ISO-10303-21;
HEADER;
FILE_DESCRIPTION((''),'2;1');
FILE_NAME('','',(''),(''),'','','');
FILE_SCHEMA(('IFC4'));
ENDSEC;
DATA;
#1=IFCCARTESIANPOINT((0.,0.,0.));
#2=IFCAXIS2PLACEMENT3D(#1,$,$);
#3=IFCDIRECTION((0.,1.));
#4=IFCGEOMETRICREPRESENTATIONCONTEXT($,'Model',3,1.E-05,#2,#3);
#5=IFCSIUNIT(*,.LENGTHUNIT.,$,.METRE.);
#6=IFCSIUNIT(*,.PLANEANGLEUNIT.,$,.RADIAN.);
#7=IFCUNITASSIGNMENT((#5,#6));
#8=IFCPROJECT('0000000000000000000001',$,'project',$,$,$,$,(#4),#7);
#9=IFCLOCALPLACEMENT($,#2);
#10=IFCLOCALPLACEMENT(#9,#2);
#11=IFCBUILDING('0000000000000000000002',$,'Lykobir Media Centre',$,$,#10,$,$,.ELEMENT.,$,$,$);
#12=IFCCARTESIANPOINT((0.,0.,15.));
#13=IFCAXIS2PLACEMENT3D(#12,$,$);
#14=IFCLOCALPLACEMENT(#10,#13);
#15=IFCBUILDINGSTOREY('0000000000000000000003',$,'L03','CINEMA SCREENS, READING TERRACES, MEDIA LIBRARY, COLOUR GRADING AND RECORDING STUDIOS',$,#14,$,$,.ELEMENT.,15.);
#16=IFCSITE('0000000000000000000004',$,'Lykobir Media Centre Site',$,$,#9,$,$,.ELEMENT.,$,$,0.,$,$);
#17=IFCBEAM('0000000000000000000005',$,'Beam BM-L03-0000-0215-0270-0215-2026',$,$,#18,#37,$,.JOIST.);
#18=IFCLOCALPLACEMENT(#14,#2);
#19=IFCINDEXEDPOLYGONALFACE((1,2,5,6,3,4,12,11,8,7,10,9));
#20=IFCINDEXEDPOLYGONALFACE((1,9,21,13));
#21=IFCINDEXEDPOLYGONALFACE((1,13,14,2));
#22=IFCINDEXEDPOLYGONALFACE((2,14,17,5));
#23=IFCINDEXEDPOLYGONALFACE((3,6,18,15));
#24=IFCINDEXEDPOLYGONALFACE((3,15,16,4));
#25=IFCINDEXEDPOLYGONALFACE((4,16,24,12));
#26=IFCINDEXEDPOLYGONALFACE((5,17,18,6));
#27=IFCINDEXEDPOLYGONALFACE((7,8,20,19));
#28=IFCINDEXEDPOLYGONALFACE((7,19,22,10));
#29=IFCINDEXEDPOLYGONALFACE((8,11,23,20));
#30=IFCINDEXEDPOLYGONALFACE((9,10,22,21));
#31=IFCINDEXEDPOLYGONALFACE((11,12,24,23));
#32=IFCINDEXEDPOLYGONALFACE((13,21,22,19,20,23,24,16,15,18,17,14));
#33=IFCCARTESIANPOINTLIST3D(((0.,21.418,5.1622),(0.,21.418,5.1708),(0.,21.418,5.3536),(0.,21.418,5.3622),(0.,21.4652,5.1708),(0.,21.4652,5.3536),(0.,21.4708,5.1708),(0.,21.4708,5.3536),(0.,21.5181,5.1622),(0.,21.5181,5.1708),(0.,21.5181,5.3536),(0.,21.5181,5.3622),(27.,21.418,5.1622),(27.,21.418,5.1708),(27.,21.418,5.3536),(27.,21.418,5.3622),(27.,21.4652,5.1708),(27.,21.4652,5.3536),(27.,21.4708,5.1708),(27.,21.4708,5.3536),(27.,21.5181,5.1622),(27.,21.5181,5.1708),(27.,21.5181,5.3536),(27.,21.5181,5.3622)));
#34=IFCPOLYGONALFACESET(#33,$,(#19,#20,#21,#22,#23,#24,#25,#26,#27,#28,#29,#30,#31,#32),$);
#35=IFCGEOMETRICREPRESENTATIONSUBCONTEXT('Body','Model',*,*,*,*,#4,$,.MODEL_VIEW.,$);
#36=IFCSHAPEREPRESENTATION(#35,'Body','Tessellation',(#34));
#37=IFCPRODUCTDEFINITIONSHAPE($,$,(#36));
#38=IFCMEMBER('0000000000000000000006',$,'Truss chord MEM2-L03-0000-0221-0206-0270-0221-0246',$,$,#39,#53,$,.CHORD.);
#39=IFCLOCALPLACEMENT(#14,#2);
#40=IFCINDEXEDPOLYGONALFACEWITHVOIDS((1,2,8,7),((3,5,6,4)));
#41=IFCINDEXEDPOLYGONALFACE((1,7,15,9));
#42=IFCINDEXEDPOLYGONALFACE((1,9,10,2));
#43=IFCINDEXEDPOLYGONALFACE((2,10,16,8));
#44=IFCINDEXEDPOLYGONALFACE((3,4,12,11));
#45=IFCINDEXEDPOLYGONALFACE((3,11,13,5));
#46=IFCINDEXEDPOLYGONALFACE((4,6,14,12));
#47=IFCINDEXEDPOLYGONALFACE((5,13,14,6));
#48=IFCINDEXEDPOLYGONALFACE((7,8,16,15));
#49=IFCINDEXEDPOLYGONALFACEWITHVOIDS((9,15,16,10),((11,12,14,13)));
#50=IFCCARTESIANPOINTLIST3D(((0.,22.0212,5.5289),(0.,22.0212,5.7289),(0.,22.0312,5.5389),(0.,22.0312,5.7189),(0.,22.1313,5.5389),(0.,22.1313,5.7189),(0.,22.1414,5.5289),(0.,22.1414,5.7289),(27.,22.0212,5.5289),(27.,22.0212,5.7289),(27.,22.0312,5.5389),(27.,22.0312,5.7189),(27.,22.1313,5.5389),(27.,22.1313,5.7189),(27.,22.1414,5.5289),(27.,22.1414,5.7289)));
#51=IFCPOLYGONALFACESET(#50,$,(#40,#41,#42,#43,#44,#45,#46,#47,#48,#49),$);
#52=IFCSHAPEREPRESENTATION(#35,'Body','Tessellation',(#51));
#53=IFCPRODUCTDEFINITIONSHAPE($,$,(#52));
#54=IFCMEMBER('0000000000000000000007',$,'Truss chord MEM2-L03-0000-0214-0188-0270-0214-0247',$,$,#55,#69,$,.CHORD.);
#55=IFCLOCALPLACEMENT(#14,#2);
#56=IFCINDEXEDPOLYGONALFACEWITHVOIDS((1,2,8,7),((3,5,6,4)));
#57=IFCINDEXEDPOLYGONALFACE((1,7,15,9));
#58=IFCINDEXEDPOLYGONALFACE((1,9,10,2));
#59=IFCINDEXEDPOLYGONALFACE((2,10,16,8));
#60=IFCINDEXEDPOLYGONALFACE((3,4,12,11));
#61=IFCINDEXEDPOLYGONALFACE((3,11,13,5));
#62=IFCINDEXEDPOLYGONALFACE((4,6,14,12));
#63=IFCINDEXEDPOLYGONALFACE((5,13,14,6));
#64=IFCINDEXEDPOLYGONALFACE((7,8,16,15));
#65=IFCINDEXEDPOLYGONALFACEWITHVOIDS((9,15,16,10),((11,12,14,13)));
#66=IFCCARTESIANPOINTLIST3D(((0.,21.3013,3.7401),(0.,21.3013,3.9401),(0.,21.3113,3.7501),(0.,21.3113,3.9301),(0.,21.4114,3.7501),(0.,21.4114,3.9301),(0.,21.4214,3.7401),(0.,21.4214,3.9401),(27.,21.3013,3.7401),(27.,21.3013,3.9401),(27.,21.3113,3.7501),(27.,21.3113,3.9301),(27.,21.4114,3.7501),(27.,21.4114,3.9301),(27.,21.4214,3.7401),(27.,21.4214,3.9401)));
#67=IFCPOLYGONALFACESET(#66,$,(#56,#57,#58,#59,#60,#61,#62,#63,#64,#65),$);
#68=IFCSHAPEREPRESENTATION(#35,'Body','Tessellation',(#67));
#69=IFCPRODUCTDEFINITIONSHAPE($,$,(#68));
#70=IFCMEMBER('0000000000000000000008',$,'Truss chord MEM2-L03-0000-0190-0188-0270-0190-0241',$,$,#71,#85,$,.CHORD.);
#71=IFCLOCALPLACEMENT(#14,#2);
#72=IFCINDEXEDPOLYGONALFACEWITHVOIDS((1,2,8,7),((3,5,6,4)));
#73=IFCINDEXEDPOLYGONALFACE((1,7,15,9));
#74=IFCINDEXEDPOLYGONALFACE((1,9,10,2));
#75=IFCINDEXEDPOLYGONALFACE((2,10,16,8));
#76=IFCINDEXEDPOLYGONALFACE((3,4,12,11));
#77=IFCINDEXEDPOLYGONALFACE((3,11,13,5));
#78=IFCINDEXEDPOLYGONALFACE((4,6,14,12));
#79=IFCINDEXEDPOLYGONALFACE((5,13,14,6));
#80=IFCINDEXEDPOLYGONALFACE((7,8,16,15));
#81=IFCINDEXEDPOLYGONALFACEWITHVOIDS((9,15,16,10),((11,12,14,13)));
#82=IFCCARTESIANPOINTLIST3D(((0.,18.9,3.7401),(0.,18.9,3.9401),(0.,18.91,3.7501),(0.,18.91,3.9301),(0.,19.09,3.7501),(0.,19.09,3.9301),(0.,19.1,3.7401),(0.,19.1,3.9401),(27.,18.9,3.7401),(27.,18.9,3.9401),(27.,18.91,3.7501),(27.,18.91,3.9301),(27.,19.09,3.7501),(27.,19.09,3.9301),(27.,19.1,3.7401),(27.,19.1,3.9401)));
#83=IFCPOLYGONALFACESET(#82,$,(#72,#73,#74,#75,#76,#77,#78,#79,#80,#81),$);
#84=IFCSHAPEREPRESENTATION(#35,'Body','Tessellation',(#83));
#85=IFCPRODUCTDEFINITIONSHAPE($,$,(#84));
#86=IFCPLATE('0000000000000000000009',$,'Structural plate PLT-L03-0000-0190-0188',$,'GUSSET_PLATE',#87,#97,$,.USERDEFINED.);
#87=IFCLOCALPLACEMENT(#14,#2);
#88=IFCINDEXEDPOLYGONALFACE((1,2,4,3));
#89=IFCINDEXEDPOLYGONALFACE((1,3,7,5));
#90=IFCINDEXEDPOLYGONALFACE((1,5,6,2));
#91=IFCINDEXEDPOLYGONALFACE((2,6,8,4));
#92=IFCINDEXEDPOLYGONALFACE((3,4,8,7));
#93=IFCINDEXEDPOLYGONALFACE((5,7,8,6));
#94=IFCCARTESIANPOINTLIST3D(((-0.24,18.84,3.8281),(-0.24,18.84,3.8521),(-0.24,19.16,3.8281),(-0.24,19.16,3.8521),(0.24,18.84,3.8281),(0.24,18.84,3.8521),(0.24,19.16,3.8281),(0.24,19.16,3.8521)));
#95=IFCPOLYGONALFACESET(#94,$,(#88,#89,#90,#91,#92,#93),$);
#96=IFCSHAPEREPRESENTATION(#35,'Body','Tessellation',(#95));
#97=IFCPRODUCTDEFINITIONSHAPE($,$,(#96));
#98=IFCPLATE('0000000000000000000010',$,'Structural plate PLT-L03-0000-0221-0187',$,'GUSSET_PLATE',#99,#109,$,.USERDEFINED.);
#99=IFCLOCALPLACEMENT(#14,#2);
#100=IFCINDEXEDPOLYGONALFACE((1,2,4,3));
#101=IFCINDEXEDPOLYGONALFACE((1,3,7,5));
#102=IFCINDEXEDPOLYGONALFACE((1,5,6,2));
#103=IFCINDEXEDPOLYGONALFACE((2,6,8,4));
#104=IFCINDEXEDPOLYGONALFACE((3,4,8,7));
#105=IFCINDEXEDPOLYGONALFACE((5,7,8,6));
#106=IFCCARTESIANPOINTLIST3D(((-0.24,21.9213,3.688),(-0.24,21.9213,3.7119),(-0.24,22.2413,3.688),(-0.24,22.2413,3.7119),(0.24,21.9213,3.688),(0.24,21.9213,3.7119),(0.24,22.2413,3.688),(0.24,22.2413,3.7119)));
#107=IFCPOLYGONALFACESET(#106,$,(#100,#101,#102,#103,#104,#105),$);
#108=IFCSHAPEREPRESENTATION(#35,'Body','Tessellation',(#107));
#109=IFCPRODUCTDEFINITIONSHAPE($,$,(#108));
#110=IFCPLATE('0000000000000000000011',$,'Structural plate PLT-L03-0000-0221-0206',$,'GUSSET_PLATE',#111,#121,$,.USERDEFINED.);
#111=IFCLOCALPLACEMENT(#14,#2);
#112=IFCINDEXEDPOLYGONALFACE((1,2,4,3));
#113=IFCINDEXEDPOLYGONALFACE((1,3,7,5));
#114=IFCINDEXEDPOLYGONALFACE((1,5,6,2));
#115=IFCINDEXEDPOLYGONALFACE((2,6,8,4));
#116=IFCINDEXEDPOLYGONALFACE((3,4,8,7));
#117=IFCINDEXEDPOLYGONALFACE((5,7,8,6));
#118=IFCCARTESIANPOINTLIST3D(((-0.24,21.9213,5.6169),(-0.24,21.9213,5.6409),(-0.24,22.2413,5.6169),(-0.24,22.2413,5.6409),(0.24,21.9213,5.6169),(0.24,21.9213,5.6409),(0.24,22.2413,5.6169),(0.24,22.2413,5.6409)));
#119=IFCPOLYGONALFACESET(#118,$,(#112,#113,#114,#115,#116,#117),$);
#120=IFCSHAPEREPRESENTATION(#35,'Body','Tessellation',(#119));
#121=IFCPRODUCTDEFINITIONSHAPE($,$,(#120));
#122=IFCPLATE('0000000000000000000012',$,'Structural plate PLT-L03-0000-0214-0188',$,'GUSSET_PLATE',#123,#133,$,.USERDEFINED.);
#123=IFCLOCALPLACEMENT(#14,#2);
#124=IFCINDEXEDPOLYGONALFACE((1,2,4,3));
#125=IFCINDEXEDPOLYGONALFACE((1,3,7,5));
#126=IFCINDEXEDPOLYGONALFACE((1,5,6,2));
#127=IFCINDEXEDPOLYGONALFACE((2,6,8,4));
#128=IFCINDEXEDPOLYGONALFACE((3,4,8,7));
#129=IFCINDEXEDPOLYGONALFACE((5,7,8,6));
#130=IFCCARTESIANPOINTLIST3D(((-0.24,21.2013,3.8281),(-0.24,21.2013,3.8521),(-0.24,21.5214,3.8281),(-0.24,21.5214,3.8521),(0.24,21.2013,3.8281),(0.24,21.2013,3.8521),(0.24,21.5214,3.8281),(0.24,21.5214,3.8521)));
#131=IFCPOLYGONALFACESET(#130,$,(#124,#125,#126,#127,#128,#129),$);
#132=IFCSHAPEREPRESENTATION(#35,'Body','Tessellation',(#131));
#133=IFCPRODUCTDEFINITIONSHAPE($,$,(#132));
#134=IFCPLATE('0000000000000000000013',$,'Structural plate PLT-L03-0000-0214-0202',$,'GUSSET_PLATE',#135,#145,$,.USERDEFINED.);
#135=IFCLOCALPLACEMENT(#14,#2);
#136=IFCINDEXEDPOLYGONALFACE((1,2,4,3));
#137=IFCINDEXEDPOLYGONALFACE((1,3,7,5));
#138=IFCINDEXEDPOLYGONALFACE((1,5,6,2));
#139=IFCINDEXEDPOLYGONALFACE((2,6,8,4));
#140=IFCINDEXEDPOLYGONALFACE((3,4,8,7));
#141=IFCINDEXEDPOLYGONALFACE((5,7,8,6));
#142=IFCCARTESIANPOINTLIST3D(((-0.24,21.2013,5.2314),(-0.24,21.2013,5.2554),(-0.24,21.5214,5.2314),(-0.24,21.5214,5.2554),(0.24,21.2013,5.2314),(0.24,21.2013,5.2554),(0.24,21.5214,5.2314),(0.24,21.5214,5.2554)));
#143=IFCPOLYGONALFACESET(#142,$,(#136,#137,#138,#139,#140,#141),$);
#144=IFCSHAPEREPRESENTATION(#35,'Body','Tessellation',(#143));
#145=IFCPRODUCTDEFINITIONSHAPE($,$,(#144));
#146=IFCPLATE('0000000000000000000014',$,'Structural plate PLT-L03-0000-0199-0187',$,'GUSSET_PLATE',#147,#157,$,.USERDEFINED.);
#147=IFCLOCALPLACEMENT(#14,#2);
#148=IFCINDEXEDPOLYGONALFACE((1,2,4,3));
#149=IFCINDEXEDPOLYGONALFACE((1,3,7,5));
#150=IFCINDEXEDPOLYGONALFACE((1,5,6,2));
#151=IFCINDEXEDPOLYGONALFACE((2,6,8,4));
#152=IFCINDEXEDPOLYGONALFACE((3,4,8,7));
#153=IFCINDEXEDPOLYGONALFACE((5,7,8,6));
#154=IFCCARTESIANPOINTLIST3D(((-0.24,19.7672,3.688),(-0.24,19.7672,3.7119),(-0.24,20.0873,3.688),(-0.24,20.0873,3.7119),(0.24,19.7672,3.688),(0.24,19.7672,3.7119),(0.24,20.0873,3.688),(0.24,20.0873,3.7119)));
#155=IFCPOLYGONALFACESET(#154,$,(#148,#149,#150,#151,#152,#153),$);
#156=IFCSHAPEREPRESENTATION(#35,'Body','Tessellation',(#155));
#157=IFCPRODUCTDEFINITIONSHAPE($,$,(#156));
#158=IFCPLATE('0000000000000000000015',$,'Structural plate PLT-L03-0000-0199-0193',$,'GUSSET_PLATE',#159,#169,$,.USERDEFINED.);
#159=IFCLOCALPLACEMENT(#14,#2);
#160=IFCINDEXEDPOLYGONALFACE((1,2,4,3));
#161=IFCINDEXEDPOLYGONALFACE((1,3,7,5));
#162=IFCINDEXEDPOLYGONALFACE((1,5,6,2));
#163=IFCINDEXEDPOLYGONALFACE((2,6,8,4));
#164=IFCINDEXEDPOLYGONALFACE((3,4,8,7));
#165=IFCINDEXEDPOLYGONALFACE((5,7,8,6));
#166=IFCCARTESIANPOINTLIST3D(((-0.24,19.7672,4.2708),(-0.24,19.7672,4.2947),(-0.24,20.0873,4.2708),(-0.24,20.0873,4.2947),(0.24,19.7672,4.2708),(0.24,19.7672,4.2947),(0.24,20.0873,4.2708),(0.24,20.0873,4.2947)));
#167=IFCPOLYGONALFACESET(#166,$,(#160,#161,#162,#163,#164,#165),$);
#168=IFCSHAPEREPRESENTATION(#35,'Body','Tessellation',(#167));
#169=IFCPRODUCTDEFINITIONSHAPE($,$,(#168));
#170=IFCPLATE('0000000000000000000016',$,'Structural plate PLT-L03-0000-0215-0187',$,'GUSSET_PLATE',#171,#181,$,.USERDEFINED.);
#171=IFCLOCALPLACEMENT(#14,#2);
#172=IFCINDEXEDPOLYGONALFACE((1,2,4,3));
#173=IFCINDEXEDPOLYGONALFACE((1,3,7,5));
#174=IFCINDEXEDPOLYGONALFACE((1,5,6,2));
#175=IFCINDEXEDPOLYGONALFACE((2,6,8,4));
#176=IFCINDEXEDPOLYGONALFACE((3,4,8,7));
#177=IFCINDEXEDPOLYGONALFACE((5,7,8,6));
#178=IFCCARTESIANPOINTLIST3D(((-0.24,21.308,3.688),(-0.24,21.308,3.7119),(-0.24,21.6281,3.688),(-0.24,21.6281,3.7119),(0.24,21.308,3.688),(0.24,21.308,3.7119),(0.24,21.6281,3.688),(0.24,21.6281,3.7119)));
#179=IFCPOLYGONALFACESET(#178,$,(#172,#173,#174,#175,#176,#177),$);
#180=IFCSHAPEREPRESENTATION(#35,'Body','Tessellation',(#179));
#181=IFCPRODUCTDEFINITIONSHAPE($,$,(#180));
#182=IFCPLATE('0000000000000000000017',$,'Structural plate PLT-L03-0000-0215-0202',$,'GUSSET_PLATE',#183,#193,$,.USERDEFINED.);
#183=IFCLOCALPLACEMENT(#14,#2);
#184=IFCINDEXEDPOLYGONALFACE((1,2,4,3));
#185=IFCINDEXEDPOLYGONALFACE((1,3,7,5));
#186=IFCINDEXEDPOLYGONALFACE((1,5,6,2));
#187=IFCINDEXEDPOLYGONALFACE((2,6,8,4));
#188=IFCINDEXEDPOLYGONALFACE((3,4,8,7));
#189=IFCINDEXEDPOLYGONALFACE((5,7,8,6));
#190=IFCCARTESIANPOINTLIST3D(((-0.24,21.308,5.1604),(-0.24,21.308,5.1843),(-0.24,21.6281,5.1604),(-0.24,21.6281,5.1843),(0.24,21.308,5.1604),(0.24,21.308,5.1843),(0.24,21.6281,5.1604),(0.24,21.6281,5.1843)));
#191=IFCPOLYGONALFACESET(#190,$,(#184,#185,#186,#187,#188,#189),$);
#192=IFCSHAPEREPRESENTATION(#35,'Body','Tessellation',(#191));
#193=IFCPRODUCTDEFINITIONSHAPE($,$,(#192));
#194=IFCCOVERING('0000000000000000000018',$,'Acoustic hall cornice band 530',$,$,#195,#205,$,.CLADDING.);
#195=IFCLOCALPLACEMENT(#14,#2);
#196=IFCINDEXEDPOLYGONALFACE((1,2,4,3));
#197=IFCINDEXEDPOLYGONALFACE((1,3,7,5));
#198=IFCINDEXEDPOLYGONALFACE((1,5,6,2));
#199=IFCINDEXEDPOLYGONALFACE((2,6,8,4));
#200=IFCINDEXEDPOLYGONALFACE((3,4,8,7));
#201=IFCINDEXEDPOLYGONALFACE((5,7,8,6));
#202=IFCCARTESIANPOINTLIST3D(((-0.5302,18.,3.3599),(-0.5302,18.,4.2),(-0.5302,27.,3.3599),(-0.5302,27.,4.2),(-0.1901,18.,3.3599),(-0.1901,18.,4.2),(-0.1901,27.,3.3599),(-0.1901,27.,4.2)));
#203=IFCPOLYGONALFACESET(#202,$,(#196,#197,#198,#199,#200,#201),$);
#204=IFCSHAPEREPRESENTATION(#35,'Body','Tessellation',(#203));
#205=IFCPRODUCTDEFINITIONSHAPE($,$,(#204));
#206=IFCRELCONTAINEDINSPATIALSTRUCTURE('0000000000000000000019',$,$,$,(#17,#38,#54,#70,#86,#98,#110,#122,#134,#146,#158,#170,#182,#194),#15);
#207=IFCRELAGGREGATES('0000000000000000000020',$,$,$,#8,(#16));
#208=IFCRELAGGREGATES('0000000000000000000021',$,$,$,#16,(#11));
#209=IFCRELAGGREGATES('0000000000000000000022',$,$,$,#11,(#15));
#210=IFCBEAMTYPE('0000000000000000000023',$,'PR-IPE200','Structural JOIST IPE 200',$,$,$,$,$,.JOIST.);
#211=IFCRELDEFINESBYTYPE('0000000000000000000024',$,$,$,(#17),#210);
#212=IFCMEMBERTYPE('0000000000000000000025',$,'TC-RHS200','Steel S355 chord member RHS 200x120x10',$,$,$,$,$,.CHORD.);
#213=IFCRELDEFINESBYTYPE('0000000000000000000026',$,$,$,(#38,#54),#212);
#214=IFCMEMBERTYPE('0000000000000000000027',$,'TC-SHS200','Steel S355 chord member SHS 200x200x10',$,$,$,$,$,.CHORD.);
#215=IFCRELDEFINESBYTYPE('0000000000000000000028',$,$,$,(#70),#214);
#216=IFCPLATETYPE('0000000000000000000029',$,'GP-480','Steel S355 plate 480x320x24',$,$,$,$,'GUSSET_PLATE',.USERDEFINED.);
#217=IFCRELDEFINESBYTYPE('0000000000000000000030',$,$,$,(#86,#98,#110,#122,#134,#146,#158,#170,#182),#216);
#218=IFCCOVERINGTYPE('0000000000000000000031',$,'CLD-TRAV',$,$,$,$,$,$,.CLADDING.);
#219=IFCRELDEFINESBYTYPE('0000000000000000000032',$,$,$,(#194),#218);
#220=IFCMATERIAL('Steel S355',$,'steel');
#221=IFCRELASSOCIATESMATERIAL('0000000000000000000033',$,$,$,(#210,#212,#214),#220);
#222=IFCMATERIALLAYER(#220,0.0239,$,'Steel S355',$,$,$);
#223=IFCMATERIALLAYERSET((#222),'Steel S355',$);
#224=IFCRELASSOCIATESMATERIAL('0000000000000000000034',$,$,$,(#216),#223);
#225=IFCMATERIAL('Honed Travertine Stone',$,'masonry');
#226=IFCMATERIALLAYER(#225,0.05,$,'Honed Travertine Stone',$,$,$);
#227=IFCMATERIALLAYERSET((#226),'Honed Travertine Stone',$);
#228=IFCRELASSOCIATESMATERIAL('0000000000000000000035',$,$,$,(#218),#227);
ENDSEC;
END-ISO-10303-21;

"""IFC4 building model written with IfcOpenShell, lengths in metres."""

from ifc_helpers import new_model, si_unit, direction, frame, origin, origin_2d, place, context, subcontext, project, spatial, rectangle, hollow_rectangle, i_section, extrude, material, layer, layer_set, material_profile, profile_set, type_object, element, save


model = new_model("IFC4")

# Units and contexts
model_context = context("Model", 3, precision=1e-05, world=origin(), true_north=direction((0.0, 1.0)))
body_context = subcontext(model_context, "Body", "Model", "MODEL_VIEW")
ifc_project = project(units=[si_unit("LENGTHUNIT", "METRE"), si_unit("PLANEANGLEUNIT", "RADIAN")], contexts=[model_context])

# Site, building, storey
site_placement = place(None, origin())
site = spatial("IfcSite", under=ifc_project, at=site_placement, Name="Lykobir Media Centre Site", CompositionType="ELEMENT", RefElevation=0.0)
building_placement = place(site_placement, origin())
building = spatial("IfcBuilding", under=site, at=building_placement, Name="Lykobir Media Centre", CompositionType="ELEMENT")
storey_placement = place(building_placement, frame((0.0, 0.0, 15.0)))
storey = spatial("IfcBuildingStorey", under=building, at=storey_placement, Name="L03", Description="CINEMA SCREENS, READING TERRACES, MEDIA LIBRARY, COLOUR GRADING AND RECORDING STUDIOS", CompositionType="ELEMENT", Elevation=15.0)

# Shared definitions
ifc_material_1 = material(Name="Steel S355", Category="steel")

# Beam
ifc_material_profile_1 = material_profile(ifc_material_1, i_section(OverallWidth=0.1001, OverallDepth=0.2, WebThickness=0.0056, FlangeThickness=0.0085, at=origin_2d()), Name="IPE 200")
ifc_profile_set_1 = profile_set([ifc_material_profile_1], Name="Steel S355")
beam_type = type_object("IfcBeamType", Name="PR-IPE200", Description="Structural JOIST IPE 200", PredefinedType="JOIST", material=ifc_profile_set_1)
for number, where, z_axis, x_axis, name in (
    (1, (0.0, 21.468, 5.2622), (1.0, 0.0, 0.0), (0.0, 1.0, 0.0), "Beam BM-L03-0000-0215-0270-0215-2026"),
):
    element("IfcBeam", number, at=place(storey_placement, frame(where, z_axis=z_axis, x_axis=x_axis)), inside=storey, type_object=beam_type, Name=name, PredefinedType="JOIST", context=body_context, shape_type="SweptSolid", body=[
        extrude(i_section(OverallWidth=0.1001, OverallDepth=0.2, WebThickness=0.0056, FlangeThickness=0.0085, at=origin_2d()), origin(), (0.0, 0.0, 1.0), 27.0),
    ])

# Members
ifc_material_profile_2 = material_profile(ifc_material_1, hollow_rectangle(XDim=0.1201, YDim=0.2, WallThickness=0.01, at=origin_2d()), Name="RHS 200x120x10")
ifc_profile_set_2 = profile_set([ifc_material_profile_2], Name="Steel S355")
member_type_1 = type_object("IfcMemberType", Name="TC-RHS200", Description="Steel S355 chord member RHS 200x120x10", PredefinedType="CHORD", material=ifc_profile_set_2)
for number, where, z_axis, x_axis, name in (
    (2, (0.0, 22.0813, 5.6289), (1.0, 0.0, 0.0), (0.0, 1.0, 0.0), "Truss chord MEM2-L03-0000-0221-0206-0270-0221-0246"),
    (3, (0.0, 21.3613, 3.8401), (1.0, 0.0, 0.0), (0.0, 1.0, 0.0), "Truss chord MEM2-L03-0000-0214-0188-0270-0214-0247"),
):
    element("IfcMember", number, at=place(storey_placement, frame(where, z_axis=z_axis, x_axis=x_axis)), inside=storey, type_object=member_type_1, Name=name, PredefinedType="CHORD", context=body_context, shape_type="SweptSolid", body=[
        extrude(hollow_rectangle(XDim=0.1201, YDim=0.2, WallThickness=0.01, at=origin_2d()), origin(), (0.0, 0.0, 1.0), 27.0),
    ])
ifc_material_profile_3 = material_profile(ifc_material_1, hollow_rectangle(XDim=0.2, YDim=0.2, WallThickness=0.01, at=origin_2d()), Name="SHS 200x200x10")
ifc_profile_set_3 = profile_set([ifc_material_profile_3], Name="Steel S355")
member_type_2 = type_object("IfcMemberType", Name="TC-SHS200", Description="Steel S355 chord member SHS 200x200x10", PredefinedType="CHORD", material=ifc_profile_set_3)
member_1_placement = place(storey_placement, frame((0.0, 19.0, 3.8401), z_axis=(1.0, 0.0, 0.0), x_axis=(0.0, 1.0, 0.0)))
element("IfcMember", 4, at=member_1_placement, inside=storey, type_object=member_type_2, Name="Truss chord MEM2-L03-0000-0190-0188-0270-0190-0241", PredefinedType="CHORD", context=body_context, shape_type="SweptSolid", body=[
    extrude(hollow_rectangle(XDim=0.2, YDim=0.2, WallThickness=0.01, at=origin_2d()), origin(), (0.0, 0.0, 1.0), 27.0),
])

# Plates
ifc_layer_1 = layer(ifc_material_1, 0.0239, Name="Steel S355")
ifc_layer_set_1 = layer_set([ifc_layer_1], Name="Steel S355")
plate_type = type_object("IfcPlateType", Name="GP-480", Description="Steel S355 plate 480x320x24", ElementType="GUSSET_PLATE", PredefinedType="USERDEFINED", material=ifc_layer_set_1)
for number, where, z_axis, x_axis, name in (
    (5, (0.0, 19.0, 3.8281), (0.0, 0.0, 1.0), (1.0, 0.0, 0.0), "Structural plate PLT-L03-0000-0190-0188"),
    (6, (0.0, 22.0813, 3.688), (0.0, 0.0, 1.0), (1.0, 0.0, 0.0), "Structural plate PLT-L03-0000-0221-0187"),
    (7, (0.0, 22.0813, 5.6169), (0.0, 0.0, 1.0), (1.0, 0.0, 0.0), "Structural plate PLT-L03-0000-0221-0206"),
    (8, (0.0, 21.3613, 3.8281), (0.0, 0.0, 1.0), (1.0, 0.0, 0.0), "Structural plate PLT-L03-0000-0214-0188"),
    (9, (0.0, 21.3613, 5.2314), (0.0, 0.0, 1.0), (1.0, 0.0, 0.0), "Structural plate PLT-L03-0000-0214-0202"),
    (10, (0.0, 19.9272, 3.688), (0.0, 0.0, 1.0), (1.0, 0.0, 0.0), "Structural plate PLT-L03-0000-0199-0187"),
    (11, (0.0, 19.9272, 4.2708), (0.0, 0.0, 1.0), (1.0, 0.0, 0.0), "Structural plate PLT-L03-0000-0199-0193"),
    (12, (0.0, 21.468, 3.688), (0.0, 0.0, 1.0), (1.0, 0.0, 0.0), "Structural plate PLT-L03-0000-0215-0187"),
    (13, (0.0, 21.468, 5.1604), (0.0, 0.0, 1.0), (1.0, 0.0, 0.0), "Structural plate PLT-L03-0000-0215-0202"),
):
    element("IfcPlate", number, at=place(storey_placement, frame(where, z_axis=z_axis, x_axis=x_axis)), inside=storey, type_object=plate_type, Name=name, ObjectType="GUSSET_PLATE", PredefinedType="USERDEFINED", context=body_context, shape_type="SweptSolid", body=[
        extrude(rectangle(XDim=0.48, YDim=0.3201, at=origin_2d()), origin(), (0.0, 0.0, 1.0), 0.0239),
    ])

# Covering
ifc_material_2 = material(Name="Honed Travertine Stone", Category="masonry")
ifc_layer_2 = layer(ifc_material_2, 0.05, Name="Honed Travertine Stone")
ifc_layer_set_2 = layer_set([ifc_layer_2], Name="Honed Travertine Stone")
covering_type = type_object("IfcCoveringType", Name="CLD-TRAV", PredefinedType="CLADDING", material=ifc_layer_set_2)
covering_placement = place(storey_placement, frame((-0.3601, 22.5, 3.3599), z_axis=(0.0, 0.0, 1.0), x_axis=(0.0, -1.0, 0.0)))
element("IfcCovering", 14, at=covering_placement, inside=storey, type_object=covering_type, Name="Acoustic hall cornice band 530", PredefinedType="CLADDING", context=body_context, shape_type="SweptSolid", body=[
    extrude(rectangle(XDim=9.0, YDim=0.3401, at=origin_2d()), origin(), (0.0, 0.0, 1.0), 0.8401),
])

save(model, "model.ifc")
